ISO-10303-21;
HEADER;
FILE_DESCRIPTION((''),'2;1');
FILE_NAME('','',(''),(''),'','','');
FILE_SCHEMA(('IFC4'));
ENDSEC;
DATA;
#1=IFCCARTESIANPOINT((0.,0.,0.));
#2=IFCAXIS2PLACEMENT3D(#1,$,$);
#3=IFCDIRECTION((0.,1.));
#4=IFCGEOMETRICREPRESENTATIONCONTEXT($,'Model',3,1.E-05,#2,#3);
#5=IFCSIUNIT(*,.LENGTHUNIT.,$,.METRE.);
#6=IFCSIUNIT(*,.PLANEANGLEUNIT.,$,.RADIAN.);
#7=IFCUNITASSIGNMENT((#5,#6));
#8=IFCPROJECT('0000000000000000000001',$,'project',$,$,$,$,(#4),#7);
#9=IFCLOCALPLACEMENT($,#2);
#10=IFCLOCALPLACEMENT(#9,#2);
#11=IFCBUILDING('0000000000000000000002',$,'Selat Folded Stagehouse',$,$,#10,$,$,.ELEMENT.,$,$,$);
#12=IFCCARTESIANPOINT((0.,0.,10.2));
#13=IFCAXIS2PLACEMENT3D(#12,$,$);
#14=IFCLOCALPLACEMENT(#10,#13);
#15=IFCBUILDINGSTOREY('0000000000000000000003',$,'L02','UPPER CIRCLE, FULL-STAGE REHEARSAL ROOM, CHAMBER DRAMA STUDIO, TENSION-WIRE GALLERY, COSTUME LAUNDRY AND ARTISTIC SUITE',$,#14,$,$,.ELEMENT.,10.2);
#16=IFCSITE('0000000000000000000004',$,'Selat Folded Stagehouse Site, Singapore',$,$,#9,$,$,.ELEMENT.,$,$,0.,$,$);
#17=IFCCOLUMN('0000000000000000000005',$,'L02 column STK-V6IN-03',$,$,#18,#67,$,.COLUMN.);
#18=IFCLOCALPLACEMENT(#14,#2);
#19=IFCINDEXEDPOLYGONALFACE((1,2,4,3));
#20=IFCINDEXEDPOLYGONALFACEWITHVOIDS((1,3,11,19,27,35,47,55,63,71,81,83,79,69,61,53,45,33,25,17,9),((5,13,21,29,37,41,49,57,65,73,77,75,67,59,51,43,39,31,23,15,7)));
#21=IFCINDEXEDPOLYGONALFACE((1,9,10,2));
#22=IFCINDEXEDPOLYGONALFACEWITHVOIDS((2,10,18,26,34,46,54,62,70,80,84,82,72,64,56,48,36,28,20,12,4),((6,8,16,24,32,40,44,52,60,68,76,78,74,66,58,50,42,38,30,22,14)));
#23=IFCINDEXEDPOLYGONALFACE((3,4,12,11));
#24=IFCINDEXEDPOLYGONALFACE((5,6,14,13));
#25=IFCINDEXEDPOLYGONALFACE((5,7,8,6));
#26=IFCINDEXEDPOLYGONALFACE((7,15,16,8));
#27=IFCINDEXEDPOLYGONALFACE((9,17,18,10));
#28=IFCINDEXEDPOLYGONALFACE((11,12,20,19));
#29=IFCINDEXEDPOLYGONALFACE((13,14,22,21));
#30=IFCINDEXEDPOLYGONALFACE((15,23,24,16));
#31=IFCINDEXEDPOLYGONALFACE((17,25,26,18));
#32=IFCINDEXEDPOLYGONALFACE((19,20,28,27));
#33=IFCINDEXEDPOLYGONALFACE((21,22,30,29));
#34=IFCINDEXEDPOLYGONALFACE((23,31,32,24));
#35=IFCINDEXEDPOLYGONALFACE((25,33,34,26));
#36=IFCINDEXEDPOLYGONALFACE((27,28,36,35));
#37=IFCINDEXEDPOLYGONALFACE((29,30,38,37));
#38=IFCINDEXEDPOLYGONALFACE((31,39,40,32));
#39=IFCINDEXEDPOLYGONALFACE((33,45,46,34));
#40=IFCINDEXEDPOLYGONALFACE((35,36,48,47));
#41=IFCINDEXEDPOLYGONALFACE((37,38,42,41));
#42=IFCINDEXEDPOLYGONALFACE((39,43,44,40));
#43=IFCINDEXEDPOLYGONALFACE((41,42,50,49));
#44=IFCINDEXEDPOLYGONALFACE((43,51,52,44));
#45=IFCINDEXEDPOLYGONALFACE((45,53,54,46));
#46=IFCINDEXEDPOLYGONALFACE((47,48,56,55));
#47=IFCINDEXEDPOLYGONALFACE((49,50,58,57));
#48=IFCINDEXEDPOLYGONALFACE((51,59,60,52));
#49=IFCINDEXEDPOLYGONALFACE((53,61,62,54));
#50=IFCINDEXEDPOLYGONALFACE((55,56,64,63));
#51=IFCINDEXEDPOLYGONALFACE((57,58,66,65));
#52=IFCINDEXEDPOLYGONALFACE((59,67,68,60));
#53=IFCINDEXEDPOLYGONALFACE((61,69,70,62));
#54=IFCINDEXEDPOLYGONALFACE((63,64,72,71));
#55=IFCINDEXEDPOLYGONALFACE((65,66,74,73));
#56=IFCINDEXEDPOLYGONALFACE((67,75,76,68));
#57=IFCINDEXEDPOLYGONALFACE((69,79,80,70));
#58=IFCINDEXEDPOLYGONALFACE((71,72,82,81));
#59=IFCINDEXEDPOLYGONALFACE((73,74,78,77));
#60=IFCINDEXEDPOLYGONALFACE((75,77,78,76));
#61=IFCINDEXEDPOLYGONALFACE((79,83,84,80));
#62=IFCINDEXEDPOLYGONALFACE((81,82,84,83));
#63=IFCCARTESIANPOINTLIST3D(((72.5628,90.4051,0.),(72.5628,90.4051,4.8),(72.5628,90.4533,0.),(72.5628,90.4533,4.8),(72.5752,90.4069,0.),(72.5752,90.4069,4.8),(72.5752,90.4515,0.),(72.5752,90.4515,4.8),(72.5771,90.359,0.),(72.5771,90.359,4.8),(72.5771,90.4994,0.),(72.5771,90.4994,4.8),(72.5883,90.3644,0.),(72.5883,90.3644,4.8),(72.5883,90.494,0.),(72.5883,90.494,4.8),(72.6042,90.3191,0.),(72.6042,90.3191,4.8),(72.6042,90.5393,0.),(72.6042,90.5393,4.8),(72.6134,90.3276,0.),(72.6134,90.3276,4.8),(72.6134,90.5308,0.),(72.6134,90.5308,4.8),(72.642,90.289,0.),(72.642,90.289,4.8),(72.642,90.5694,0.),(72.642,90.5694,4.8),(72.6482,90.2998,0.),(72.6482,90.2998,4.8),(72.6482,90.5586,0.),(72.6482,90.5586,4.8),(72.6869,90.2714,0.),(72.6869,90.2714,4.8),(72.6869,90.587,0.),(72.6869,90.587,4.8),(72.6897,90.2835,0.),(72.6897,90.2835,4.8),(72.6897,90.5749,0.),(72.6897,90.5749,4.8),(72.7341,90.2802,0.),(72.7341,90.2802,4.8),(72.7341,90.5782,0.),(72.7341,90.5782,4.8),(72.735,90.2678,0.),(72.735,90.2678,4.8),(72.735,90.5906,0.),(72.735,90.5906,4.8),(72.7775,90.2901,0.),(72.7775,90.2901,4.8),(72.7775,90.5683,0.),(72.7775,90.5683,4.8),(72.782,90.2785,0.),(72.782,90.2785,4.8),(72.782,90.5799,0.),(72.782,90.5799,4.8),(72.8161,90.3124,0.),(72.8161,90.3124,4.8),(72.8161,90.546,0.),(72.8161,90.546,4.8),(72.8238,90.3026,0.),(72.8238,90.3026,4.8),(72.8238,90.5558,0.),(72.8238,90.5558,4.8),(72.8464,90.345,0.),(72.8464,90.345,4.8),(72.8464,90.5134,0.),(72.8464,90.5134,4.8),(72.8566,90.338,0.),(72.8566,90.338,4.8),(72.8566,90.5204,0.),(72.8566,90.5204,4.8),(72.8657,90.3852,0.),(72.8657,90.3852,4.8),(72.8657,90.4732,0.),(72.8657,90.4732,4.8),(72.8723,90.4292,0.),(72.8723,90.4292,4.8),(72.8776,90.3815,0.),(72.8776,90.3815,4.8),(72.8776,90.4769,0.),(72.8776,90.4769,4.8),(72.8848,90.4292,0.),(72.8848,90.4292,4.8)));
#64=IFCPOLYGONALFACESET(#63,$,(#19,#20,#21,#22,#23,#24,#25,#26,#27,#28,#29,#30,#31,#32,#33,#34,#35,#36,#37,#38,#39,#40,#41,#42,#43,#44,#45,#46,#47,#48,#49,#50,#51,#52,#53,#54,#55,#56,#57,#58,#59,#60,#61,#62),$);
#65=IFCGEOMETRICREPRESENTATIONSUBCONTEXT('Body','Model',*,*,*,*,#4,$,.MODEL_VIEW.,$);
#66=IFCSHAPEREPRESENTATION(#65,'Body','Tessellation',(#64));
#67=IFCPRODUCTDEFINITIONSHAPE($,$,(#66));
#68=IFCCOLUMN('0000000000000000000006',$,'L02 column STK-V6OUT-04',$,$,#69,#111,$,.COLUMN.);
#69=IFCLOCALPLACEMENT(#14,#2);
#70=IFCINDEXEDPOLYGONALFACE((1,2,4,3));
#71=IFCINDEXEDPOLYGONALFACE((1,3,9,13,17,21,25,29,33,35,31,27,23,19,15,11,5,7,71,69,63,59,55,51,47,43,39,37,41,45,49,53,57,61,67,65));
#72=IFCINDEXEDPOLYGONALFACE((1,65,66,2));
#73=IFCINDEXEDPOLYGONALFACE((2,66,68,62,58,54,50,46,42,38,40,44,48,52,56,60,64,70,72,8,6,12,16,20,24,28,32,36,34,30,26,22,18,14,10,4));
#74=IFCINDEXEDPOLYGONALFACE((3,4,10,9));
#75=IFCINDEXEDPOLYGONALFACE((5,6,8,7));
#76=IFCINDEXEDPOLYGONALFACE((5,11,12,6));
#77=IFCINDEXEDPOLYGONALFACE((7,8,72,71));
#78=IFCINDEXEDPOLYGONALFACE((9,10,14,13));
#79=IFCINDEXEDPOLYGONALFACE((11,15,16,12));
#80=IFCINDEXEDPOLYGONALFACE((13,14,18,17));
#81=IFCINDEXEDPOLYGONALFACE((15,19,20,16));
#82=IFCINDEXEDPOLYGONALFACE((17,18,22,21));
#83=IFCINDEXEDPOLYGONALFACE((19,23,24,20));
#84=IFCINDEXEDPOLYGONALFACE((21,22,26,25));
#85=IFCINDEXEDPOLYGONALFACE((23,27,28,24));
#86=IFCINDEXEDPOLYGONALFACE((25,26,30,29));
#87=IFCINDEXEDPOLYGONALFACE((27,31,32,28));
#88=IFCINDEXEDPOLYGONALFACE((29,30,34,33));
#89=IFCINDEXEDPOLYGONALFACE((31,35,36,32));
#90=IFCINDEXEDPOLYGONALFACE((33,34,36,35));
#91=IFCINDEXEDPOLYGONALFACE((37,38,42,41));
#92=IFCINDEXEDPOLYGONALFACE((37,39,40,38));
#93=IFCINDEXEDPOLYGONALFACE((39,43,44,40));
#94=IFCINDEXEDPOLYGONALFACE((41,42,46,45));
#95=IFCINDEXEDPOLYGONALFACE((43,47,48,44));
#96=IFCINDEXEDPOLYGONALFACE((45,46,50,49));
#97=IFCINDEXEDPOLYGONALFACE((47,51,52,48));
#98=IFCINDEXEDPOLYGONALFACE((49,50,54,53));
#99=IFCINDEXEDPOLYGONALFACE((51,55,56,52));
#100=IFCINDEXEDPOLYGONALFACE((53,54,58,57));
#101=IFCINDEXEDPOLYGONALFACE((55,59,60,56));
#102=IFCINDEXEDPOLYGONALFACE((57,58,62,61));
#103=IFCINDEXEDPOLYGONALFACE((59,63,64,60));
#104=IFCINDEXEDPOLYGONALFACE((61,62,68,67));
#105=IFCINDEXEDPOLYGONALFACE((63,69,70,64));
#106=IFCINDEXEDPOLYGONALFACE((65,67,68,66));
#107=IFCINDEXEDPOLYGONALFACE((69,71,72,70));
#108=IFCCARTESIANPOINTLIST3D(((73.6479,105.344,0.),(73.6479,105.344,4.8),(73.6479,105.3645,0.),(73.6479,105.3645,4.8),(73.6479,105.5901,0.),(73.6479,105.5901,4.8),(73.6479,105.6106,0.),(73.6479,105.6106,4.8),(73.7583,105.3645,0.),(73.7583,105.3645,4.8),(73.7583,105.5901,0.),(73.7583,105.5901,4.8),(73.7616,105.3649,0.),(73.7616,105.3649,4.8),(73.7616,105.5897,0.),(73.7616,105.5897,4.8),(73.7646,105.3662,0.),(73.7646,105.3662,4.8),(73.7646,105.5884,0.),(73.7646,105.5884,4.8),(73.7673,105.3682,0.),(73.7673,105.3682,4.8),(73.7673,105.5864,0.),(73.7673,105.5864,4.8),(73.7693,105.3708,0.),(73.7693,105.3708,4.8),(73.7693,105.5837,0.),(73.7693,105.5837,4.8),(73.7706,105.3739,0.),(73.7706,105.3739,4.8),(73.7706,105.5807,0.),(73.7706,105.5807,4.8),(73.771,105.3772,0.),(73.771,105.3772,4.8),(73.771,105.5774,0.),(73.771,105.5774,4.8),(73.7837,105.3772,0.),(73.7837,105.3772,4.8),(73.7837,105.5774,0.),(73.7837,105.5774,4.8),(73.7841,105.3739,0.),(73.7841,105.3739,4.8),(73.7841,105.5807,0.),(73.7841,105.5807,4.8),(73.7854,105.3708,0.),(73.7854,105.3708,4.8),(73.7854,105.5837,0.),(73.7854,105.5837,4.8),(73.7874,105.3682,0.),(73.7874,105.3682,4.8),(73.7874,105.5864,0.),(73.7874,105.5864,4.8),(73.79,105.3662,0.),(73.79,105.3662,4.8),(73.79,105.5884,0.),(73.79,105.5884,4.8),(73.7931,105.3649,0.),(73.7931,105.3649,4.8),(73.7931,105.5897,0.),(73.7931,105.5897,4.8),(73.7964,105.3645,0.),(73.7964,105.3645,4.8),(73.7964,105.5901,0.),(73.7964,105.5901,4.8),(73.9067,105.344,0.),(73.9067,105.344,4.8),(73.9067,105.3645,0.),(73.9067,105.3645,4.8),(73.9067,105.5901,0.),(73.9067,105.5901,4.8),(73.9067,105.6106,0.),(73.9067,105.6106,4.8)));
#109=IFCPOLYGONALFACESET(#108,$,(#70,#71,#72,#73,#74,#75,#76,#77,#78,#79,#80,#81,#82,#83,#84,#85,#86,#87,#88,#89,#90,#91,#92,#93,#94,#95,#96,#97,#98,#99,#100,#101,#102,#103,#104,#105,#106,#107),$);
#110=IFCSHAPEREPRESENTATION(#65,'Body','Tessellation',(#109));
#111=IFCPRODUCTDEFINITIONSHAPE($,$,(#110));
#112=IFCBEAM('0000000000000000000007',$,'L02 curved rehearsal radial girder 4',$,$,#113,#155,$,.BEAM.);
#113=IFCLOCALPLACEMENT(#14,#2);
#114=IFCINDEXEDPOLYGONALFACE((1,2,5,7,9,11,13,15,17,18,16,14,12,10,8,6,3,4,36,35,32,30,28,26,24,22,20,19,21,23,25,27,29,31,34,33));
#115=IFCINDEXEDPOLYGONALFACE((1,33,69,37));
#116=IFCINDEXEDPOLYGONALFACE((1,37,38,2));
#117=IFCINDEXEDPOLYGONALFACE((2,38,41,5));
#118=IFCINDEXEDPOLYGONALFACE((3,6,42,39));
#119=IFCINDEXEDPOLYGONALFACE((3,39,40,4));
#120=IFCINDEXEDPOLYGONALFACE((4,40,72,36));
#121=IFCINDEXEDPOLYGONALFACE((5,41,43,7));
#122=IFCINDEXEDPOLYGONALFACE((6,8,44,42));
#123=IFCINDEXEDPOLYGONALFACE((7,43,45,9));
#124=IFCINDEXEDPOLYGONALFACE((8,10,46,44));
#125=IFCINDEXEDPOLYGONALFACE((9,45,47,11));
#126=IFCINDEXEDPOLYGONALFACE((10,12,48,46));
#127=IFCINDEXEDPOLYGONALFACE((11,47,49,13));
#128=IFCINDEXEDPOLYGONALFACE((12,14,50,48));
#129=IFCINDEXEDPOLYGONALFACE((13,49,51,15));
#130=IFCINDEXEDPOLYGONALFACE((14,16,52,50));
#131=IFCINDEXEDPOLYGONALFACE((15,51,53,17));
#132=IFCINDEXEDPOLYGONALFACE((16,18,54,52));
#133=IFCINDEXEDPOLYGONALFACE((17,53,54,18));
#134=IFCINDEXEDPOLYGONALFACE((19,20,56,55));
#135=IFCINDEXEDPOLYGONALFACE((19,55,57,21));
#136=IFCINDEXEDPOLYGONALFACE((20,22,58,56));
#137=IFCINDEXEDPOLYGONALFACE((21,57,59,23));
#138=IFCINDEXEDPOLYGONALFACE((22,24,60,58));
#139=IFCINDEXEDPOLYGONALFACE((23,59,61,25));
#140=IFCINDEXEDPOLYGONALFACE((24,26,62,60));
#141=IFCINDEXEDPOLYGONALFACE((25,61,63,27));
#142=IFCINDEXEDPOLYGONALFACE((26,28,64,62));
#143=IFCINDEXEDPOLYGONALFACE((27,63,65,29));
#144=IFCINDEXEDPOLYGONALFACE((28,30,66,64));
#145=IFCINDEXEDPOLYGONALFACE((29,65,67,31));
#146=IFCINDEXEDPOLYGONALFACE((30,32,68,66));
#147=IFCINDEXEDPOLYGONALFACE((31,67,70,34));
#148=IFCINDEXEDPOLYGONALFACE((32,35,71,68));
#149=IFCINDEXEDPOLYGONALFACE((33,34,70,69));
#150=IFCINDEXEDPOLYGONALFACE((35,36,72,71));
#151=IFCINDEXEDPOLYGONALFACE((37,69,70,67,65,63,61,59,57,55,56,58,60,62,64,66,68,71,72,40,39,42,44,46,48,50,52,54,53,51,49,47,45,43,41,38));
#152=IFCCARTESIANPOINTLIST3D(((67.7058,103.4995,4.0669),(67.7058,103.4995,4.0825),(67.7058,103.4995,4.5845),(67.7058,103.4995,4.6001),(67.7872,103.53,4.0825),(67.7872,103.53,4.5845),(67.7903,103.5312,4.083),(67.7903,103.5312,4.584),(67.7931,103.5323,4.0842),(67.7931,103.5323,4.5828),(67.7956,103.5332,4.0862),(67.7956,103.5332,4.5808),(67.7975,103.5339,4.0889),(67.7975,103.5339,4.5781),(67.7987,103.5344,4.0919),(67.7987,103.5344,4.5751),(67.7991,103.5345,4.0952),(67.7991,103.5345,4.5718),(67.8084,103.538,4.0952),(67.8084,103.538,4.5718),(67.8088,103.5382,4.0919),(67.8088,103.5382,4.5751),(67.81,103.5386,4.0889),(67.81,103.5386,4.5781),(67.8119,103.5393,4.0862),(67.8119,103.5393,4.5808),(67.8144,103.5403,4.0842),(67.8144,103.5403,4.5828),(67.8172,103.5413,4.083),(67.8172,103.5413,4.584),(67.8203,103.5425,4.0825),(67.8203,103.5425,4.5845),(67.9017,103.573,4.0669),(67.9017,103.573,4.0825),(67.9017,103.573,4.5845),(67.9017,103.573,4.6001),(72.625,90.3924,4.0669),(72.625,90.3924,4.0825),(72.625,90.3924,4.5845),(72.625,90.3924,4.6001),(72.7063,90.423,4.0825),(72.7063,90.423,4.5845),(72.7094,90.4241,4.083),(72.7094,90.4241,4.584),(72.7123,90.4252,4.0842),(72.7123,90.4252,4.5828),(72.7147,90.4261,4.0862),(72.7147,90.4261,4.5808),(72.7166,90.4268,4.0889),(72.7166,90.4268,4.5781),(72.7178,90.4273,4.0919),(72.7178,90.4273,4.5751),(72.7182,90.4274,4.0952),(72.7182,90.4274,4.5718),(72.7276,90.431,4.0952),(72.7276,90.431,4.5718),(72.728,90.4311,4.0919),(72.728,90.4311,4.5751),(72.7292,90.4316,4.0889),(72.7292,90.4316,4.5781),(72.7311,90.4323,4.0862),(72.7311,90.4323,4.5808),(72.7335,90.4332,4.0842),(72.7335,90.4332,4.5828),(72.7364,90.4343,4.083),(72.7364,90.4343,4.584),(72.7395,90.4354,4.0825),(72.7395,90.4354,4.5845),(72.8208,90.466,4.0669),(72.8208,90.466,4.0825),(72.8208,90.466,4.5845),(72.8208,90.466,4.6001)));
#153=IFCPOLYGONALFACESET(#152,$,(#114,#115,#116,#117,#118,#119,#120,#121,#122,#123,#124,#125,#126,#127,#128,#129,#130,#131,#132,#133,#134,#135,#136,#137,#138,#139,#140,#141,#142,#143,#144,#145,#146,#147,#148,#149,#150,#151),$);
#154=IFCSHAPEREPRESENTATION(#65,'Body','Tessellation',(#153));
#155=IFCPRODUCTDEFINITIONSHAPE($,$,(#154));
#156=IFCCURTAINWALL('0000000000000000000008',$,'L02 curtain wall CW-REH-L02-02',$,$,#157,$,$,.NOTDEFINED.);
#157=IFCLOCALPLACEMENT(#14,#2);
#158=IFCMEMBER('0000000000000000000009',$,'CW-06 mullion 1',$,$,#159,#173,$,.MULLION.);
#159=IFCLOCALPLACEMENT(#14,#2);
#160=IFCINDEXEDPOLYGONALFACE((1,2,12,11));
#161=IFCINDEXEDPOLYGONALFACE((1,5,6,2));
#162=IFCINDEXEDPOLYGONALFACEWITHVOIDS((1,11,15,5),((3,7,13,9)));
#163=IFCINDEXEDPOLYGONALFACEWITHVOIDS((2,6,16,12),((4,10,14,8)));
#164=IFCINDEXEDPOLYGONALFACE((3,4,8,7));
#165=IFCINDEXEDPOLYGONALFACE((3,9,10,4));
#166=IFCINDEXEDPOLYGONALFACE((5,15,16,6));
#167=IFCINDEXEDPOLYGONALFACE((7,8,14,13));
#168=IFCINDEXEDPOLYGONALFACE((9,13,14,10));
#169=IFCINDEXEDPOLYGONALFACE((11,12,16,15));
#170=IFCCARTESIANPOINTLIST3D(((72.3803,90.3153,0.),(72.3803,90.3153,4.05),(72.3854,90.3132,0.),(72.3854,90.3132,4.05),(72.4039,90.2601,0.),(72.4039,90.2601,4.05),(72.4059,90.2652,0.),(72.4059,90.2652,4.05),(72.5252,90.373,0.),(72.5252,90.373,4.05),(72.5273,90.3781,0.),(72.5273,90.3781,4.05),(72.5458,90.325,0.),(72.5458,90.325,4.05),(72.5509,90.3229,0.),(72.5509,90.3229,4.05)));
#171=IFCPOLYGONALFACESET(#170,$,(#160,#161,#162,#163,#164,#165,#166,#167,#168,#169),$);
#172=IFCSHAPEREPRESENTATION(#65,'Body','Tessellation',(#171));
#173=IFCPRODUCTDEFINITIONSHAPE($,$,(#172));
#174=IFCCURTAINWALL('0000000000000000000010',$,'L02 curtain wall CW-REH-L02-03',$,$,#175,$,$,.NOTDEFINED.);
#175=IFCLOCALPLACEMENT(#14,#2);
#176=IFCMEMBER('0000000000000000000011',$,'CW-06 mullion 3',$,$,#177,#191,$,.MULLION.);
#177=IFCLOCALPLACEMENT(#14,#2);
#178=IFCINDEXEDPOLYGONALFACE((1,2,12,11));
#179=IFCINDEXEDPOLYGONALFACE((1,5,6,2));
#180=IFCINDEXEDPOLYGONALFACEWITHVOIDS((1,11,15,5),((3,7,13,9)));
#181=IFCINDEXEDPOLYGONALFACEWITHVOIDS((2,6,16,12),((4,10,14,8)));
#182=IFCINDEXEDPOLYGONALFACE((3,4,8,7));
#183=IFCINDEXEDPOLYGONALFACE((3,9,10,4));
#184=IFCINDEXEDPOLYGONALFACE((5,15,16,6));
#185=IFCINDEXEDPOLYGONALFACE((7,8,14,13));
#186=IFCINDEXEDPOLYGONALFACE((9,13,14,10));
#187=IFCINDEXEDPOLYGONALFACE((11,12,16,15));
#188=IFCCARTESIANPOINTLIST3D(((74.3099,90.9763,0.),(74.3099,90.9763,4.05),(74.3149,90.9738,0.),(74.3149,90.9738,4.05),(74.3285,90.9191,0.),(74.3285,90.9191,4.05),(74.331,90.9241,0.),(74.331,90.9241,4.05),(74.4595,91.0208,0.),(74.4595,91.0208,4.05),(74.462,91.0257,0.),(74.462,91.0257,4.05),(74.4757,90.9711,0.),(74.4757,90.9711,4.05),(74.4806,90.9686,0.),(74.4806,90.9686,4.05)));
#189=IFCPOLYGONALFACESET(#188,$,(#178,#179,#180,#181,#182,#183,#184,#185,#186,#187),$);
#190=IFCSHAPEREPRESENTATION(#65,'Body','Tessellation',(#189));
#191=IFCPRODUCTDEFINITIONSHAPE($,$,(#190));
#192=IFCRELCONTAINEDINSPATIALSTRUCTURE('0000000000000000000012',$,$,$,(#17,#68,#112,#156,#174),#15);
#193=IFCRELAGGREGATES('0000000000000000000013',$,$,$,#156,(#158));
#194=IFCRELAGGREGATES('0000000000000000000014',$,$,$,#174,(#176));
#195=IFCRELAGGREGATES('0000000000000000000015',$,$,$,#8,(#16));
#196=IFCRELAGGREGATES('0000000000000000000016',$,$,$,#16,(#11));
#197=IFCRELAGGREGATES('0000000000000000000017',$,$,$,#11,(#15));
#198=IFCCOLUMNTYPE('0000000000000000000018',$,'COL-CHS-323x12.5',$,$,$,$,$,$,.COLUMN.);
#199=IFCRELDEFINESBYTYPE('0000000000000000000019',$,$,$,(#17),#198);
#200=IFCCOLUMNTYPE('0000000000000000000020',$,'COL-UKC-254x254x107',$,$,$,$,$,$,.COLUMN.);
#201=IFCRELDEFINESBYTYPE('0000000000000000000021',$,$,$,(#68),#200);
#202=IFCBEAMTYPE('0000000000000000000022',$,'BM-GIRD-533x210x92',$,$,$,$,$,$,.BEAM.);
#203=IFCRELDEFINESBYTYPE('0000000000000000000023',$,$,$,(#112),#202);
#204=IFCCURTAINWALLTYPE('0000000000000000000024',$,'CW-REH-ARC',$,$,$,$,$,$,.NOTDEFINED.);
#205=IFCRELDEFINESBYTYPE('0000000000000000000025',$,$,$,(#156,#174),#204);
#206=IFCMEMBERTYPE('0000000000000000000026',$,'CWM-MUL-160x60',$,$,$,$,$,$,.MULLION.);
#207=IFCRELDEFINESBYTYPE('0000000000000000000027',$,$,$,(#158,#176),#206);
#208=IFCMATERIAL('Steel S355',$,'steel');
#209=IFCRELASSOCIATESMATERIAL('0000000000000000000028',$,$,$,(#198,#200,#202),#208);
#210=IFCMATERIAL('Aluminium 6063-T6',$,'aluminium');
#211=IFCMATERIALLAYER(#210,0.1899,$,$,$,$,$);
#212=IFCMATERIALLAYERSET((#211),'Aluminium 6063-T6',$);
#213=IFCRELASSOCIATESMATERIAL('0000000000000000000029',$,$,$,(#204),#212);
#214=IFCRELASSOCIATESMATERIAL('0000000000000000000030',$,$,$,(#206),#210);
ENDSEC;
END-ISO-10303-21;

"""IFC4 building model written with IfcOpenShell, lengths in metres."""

from ifc_helpers import new_model, si_unit, direction, frame, origin, origin_2d, place, context, subcontext, project, spatial, hollow_rectangle, hollow_circle, i_section, extrude, material, layer, layer_set, material_profile, profile_set, type_object, element, aggregate, save


model = new_model("IFC4")

# Units and contexts
model_context = context("Model", 3, precision=1e-05, world=origin(), true_north=direction((0.0, 1.0)))
body_context = subcontext(model_context, "Body", "Model", "MODEL_VIEW")
ifc_project = project(units=[si_unit("LENGTHUNIT", "METRE"), si_unit("PLANEANGLEUNIT", "RADIAN")], contexts=[model_context])

# Site, building, storey
site_placement = place(None, origin())
site = spatial("IfcSite", under=ifc_project, at=site_placement, Name="Selat Folded Stagehouse Site, Singapore", CompositionType="ELEMENT", RefElevation=0.0)
building_placement = place(site_placement, origin())
building = spatial("IfcBuilding", under=site, at=building_placement, Name="Selat Folded Stagehouse", CompositionType="ELEMENT")
storey_placement = place(building_placement, frame((0.0, 0.0, 10.2)))
storey = spatial("IfcBuildingStorey", under=building, at=storey_placement, Name="L02", Description="UPPER CIRCLE, FULL-STAGE REHEARSAL ROOM, CHAMBER DRAMA STUDIO, TENSION-WIRE GALLERY, COSTUME LAUNDRY AND ARTISTIC SUITE", CompositionType="ELEMENT", Elevation=10.2)

# Columns
ifc_material_1 = material(Name="Steel S355", Category="steel")
ifc_material_profile_1 = material_profile(ifc_material_1, hollow_circle(Radius=0.1619, WallThickness=0.0125, at=origin_2d()), Name="CHS 323.9x12.5")
ifc_profile_set_1 = profile_set([ifc_material_profile_1], Name="Steel S355")
column_type_1 = type_object("IfcColumnType", Name="COL-CHS-323x12.5", PredefinedType="COLUMN", material=ifc_profile_set_1)
column_1_placement = place(storey_placement, frame((72.7229, 90.4292, 0.0), z_axis=(0.0, 0.0, 1.0), x_axis=(1.0, 0.0, 0.0)))
element("IfcColumn", 1, at=column_1_placement, inside=storey, type_object=column_type_1, Name="L02 column STK-V6IN-03", PredefinedType="COLUMN", context=body_context, shape_type="SweptSolid", body=[
    extrude(hollow_circle(Radius=0.1619, WallThickness=0.0125, at=origin_2d()), origin(), (0.0, 0.0, 1.0), 4.8),
])
ifc_material_profile_2 = material_profile(ifc_material_1, i_section(OverallWidth=0.2588, OverallDepth=0.2666, WebThickness=0.0127, FlangeThickness=0.0205, FilletRadius=0.0127, at=origin_2d()), Name="UKC 254x254x107")
ifc_profile_set_2 = profile_set([ifc_material_profile_2], Name="Steel S355")
column_type_2 = type_object("IfcColumnType", Name="COL-UKC-254x254x107", PredefinedType="COLUMN", material=ifc_profile_set_2)
column_2_placement = place(storey_placement, frame((73.7773, 105.4773, 0.0), z_axis=(0.0, 0.0, 1.0), x_axis=(1.0, 0.0, 0.0)))
element("IfcColumn", 2, at=column_2_placement, inside=storey, type_object=column_type_2, Name="L02 column STK-V6OUT-04", PredefinedType="COLUMN", context=body_context, shape_type="SweptSolid", body=[
    extrude(i_section(OverallWidth=0.2588, OverallDepth=0.2666, WebThickness=0.0127, FlangeThickness=0.0205, FilletRadius=0.0127, at=origin_2d()), origin(), (0.0, 0.0, 1.0), 4.8),
])

# Beam
ifc_material_profile_3 = material_profile(ifc_material_1, i_section(OverallWidth=0.2092, OverallDepth=0.5332, WebThickness=0.01, FlangeThickness=0.0156, FilletRadius=0.0127, at=origin_2d()), Name="UKB 533x210x92")
ifc_profile_set_3 = profile_set([ifc_material_profile_3], Name="Steel S355")
beam_type_1 = type_object("IfcBeamType", Name="BM-GIRD-533x210x92", PredefinedType="BEAM", material=ifc_profile_set_3)
beam_1_placement = place(storey_placement, frame((72.7229, 90.4292, 4.3335), z_axis=(-0.351374, 0.936235, 0.0), x_axis=(-0.936235, -0.351374, 0.0)))
element("IfcBeam", 3, at=beam_1_placement, inside=storey, type_object=beam_type_1, Name="L02 curved rehearsal radial girder 4", PredefinedType="BEAM", context=body_context, shape_type="SweptSolid", body=[
    extrude(i_section(OverallWidth=0.2092, OverallDepth=0.5332, WebThickness=0.01, FlangeThickness=0.0156, FilletRadius=0.0127, at=origin_2d()), origin(), (0.0, 0.0, 1.0), 13.9998),
])

# Curtain wall, member
ifc_material_2 = material(Name="Aluminium 6063-T6", Category="aluminium")
ifc_layer_1 = layer(ifc_material_2, 0.1899)
ifc_layer_set_1 = layer_set([ifc_layer_1], Name="Aluminium 6063-T6")
curtain_wall_type = type_object("IfcCurtainWallType", Name="CW-REH-ARC", PredefinedType="NOTDEFINED", material=ifc_layer_set_1)
curtain_wall_1_placement = place(storey_placement, origin())
curtain_wall_1 = element("IfcCurtainWall", 4, at=curtain_wall_1_placement, inside=storey, type_object=curtain_wall_type, Name="L02 curtain wall CW-REH-L02-02", PredefinedType="NOTDEFINED")
ifc_material_profile_4 = material_profile(ifc_material_2, hollow_rectangle(XDim=0.0601, YDim=0.1599, WallThickness=0.0039, at=origin_2d()), Name="ALU 160x60x4.0")
ifc_profile_set_4 = profile_set([ifc_material_profile_4], Name="Aluminium 6063-T6")
member_type_1 = type_object("IfcMemberType", Name="CWM-MUL-160x60", PredefinedType="MULLION", material=ifc_profile_set_4)
member_1_placement = place(storey_placement, frame((72.4656, 90.3191, 0.0), z_axis=(0.0, 0.0, 1.0), x_axis=(0.393012, -0.919533, 0.0)))
member_1 = element("IfcMember", 5, at=member_1_placement, type_object=member_type_1, Name="CW-06 mullion 1", PredefinedType="MULLION", context=body_context, shape_type="SweptSolid", body=[
    extrude(hollow_rectangle(XDim=0.0601, YDim=0.1599, WallThickness=0.0039, at=origin_2d()), origin(), (0.0, 0.0, 1.0), 4.05),
])
aggregate(curtain_wall_1, [member_1])

# Curtain wall, member
curtain_wall_2_placement = place(storey_placement, origin())
curtain_wall_2 = element("IfcCurtainWall", 6, at=curtain_wall_2_placement, inside=storey, type_object=curtain_wall_type, Name="L02 curtain wall CW-REH-L02-03", PredefinedType="NOTDEFINED")
member_2_placement = place(storey_placement, frame((74.3953, 90.9724, 0.0), z_axis=(0.0, 0.0, 1.0), x_axis=(0.308992, -0.951065, 0.0)))
member_2 = element("IfcMember", 7, at=member_2_placement, type_object=member_type_1, Name="CW-06 mullion 3", PredefinedType="MULLION", context=body_context, shape_type="SweptSolid", body=[
    extrude(hollow_rectangle(XDim=0.0601, YDim=0.1599, WallThickness=0.0039, at=origin_2d()), origin(), (0.0, 0.0, 1.0), 4.05),
])

aggregate(curtain_wall_2, [member_2])

save(model, "model.ifc")
